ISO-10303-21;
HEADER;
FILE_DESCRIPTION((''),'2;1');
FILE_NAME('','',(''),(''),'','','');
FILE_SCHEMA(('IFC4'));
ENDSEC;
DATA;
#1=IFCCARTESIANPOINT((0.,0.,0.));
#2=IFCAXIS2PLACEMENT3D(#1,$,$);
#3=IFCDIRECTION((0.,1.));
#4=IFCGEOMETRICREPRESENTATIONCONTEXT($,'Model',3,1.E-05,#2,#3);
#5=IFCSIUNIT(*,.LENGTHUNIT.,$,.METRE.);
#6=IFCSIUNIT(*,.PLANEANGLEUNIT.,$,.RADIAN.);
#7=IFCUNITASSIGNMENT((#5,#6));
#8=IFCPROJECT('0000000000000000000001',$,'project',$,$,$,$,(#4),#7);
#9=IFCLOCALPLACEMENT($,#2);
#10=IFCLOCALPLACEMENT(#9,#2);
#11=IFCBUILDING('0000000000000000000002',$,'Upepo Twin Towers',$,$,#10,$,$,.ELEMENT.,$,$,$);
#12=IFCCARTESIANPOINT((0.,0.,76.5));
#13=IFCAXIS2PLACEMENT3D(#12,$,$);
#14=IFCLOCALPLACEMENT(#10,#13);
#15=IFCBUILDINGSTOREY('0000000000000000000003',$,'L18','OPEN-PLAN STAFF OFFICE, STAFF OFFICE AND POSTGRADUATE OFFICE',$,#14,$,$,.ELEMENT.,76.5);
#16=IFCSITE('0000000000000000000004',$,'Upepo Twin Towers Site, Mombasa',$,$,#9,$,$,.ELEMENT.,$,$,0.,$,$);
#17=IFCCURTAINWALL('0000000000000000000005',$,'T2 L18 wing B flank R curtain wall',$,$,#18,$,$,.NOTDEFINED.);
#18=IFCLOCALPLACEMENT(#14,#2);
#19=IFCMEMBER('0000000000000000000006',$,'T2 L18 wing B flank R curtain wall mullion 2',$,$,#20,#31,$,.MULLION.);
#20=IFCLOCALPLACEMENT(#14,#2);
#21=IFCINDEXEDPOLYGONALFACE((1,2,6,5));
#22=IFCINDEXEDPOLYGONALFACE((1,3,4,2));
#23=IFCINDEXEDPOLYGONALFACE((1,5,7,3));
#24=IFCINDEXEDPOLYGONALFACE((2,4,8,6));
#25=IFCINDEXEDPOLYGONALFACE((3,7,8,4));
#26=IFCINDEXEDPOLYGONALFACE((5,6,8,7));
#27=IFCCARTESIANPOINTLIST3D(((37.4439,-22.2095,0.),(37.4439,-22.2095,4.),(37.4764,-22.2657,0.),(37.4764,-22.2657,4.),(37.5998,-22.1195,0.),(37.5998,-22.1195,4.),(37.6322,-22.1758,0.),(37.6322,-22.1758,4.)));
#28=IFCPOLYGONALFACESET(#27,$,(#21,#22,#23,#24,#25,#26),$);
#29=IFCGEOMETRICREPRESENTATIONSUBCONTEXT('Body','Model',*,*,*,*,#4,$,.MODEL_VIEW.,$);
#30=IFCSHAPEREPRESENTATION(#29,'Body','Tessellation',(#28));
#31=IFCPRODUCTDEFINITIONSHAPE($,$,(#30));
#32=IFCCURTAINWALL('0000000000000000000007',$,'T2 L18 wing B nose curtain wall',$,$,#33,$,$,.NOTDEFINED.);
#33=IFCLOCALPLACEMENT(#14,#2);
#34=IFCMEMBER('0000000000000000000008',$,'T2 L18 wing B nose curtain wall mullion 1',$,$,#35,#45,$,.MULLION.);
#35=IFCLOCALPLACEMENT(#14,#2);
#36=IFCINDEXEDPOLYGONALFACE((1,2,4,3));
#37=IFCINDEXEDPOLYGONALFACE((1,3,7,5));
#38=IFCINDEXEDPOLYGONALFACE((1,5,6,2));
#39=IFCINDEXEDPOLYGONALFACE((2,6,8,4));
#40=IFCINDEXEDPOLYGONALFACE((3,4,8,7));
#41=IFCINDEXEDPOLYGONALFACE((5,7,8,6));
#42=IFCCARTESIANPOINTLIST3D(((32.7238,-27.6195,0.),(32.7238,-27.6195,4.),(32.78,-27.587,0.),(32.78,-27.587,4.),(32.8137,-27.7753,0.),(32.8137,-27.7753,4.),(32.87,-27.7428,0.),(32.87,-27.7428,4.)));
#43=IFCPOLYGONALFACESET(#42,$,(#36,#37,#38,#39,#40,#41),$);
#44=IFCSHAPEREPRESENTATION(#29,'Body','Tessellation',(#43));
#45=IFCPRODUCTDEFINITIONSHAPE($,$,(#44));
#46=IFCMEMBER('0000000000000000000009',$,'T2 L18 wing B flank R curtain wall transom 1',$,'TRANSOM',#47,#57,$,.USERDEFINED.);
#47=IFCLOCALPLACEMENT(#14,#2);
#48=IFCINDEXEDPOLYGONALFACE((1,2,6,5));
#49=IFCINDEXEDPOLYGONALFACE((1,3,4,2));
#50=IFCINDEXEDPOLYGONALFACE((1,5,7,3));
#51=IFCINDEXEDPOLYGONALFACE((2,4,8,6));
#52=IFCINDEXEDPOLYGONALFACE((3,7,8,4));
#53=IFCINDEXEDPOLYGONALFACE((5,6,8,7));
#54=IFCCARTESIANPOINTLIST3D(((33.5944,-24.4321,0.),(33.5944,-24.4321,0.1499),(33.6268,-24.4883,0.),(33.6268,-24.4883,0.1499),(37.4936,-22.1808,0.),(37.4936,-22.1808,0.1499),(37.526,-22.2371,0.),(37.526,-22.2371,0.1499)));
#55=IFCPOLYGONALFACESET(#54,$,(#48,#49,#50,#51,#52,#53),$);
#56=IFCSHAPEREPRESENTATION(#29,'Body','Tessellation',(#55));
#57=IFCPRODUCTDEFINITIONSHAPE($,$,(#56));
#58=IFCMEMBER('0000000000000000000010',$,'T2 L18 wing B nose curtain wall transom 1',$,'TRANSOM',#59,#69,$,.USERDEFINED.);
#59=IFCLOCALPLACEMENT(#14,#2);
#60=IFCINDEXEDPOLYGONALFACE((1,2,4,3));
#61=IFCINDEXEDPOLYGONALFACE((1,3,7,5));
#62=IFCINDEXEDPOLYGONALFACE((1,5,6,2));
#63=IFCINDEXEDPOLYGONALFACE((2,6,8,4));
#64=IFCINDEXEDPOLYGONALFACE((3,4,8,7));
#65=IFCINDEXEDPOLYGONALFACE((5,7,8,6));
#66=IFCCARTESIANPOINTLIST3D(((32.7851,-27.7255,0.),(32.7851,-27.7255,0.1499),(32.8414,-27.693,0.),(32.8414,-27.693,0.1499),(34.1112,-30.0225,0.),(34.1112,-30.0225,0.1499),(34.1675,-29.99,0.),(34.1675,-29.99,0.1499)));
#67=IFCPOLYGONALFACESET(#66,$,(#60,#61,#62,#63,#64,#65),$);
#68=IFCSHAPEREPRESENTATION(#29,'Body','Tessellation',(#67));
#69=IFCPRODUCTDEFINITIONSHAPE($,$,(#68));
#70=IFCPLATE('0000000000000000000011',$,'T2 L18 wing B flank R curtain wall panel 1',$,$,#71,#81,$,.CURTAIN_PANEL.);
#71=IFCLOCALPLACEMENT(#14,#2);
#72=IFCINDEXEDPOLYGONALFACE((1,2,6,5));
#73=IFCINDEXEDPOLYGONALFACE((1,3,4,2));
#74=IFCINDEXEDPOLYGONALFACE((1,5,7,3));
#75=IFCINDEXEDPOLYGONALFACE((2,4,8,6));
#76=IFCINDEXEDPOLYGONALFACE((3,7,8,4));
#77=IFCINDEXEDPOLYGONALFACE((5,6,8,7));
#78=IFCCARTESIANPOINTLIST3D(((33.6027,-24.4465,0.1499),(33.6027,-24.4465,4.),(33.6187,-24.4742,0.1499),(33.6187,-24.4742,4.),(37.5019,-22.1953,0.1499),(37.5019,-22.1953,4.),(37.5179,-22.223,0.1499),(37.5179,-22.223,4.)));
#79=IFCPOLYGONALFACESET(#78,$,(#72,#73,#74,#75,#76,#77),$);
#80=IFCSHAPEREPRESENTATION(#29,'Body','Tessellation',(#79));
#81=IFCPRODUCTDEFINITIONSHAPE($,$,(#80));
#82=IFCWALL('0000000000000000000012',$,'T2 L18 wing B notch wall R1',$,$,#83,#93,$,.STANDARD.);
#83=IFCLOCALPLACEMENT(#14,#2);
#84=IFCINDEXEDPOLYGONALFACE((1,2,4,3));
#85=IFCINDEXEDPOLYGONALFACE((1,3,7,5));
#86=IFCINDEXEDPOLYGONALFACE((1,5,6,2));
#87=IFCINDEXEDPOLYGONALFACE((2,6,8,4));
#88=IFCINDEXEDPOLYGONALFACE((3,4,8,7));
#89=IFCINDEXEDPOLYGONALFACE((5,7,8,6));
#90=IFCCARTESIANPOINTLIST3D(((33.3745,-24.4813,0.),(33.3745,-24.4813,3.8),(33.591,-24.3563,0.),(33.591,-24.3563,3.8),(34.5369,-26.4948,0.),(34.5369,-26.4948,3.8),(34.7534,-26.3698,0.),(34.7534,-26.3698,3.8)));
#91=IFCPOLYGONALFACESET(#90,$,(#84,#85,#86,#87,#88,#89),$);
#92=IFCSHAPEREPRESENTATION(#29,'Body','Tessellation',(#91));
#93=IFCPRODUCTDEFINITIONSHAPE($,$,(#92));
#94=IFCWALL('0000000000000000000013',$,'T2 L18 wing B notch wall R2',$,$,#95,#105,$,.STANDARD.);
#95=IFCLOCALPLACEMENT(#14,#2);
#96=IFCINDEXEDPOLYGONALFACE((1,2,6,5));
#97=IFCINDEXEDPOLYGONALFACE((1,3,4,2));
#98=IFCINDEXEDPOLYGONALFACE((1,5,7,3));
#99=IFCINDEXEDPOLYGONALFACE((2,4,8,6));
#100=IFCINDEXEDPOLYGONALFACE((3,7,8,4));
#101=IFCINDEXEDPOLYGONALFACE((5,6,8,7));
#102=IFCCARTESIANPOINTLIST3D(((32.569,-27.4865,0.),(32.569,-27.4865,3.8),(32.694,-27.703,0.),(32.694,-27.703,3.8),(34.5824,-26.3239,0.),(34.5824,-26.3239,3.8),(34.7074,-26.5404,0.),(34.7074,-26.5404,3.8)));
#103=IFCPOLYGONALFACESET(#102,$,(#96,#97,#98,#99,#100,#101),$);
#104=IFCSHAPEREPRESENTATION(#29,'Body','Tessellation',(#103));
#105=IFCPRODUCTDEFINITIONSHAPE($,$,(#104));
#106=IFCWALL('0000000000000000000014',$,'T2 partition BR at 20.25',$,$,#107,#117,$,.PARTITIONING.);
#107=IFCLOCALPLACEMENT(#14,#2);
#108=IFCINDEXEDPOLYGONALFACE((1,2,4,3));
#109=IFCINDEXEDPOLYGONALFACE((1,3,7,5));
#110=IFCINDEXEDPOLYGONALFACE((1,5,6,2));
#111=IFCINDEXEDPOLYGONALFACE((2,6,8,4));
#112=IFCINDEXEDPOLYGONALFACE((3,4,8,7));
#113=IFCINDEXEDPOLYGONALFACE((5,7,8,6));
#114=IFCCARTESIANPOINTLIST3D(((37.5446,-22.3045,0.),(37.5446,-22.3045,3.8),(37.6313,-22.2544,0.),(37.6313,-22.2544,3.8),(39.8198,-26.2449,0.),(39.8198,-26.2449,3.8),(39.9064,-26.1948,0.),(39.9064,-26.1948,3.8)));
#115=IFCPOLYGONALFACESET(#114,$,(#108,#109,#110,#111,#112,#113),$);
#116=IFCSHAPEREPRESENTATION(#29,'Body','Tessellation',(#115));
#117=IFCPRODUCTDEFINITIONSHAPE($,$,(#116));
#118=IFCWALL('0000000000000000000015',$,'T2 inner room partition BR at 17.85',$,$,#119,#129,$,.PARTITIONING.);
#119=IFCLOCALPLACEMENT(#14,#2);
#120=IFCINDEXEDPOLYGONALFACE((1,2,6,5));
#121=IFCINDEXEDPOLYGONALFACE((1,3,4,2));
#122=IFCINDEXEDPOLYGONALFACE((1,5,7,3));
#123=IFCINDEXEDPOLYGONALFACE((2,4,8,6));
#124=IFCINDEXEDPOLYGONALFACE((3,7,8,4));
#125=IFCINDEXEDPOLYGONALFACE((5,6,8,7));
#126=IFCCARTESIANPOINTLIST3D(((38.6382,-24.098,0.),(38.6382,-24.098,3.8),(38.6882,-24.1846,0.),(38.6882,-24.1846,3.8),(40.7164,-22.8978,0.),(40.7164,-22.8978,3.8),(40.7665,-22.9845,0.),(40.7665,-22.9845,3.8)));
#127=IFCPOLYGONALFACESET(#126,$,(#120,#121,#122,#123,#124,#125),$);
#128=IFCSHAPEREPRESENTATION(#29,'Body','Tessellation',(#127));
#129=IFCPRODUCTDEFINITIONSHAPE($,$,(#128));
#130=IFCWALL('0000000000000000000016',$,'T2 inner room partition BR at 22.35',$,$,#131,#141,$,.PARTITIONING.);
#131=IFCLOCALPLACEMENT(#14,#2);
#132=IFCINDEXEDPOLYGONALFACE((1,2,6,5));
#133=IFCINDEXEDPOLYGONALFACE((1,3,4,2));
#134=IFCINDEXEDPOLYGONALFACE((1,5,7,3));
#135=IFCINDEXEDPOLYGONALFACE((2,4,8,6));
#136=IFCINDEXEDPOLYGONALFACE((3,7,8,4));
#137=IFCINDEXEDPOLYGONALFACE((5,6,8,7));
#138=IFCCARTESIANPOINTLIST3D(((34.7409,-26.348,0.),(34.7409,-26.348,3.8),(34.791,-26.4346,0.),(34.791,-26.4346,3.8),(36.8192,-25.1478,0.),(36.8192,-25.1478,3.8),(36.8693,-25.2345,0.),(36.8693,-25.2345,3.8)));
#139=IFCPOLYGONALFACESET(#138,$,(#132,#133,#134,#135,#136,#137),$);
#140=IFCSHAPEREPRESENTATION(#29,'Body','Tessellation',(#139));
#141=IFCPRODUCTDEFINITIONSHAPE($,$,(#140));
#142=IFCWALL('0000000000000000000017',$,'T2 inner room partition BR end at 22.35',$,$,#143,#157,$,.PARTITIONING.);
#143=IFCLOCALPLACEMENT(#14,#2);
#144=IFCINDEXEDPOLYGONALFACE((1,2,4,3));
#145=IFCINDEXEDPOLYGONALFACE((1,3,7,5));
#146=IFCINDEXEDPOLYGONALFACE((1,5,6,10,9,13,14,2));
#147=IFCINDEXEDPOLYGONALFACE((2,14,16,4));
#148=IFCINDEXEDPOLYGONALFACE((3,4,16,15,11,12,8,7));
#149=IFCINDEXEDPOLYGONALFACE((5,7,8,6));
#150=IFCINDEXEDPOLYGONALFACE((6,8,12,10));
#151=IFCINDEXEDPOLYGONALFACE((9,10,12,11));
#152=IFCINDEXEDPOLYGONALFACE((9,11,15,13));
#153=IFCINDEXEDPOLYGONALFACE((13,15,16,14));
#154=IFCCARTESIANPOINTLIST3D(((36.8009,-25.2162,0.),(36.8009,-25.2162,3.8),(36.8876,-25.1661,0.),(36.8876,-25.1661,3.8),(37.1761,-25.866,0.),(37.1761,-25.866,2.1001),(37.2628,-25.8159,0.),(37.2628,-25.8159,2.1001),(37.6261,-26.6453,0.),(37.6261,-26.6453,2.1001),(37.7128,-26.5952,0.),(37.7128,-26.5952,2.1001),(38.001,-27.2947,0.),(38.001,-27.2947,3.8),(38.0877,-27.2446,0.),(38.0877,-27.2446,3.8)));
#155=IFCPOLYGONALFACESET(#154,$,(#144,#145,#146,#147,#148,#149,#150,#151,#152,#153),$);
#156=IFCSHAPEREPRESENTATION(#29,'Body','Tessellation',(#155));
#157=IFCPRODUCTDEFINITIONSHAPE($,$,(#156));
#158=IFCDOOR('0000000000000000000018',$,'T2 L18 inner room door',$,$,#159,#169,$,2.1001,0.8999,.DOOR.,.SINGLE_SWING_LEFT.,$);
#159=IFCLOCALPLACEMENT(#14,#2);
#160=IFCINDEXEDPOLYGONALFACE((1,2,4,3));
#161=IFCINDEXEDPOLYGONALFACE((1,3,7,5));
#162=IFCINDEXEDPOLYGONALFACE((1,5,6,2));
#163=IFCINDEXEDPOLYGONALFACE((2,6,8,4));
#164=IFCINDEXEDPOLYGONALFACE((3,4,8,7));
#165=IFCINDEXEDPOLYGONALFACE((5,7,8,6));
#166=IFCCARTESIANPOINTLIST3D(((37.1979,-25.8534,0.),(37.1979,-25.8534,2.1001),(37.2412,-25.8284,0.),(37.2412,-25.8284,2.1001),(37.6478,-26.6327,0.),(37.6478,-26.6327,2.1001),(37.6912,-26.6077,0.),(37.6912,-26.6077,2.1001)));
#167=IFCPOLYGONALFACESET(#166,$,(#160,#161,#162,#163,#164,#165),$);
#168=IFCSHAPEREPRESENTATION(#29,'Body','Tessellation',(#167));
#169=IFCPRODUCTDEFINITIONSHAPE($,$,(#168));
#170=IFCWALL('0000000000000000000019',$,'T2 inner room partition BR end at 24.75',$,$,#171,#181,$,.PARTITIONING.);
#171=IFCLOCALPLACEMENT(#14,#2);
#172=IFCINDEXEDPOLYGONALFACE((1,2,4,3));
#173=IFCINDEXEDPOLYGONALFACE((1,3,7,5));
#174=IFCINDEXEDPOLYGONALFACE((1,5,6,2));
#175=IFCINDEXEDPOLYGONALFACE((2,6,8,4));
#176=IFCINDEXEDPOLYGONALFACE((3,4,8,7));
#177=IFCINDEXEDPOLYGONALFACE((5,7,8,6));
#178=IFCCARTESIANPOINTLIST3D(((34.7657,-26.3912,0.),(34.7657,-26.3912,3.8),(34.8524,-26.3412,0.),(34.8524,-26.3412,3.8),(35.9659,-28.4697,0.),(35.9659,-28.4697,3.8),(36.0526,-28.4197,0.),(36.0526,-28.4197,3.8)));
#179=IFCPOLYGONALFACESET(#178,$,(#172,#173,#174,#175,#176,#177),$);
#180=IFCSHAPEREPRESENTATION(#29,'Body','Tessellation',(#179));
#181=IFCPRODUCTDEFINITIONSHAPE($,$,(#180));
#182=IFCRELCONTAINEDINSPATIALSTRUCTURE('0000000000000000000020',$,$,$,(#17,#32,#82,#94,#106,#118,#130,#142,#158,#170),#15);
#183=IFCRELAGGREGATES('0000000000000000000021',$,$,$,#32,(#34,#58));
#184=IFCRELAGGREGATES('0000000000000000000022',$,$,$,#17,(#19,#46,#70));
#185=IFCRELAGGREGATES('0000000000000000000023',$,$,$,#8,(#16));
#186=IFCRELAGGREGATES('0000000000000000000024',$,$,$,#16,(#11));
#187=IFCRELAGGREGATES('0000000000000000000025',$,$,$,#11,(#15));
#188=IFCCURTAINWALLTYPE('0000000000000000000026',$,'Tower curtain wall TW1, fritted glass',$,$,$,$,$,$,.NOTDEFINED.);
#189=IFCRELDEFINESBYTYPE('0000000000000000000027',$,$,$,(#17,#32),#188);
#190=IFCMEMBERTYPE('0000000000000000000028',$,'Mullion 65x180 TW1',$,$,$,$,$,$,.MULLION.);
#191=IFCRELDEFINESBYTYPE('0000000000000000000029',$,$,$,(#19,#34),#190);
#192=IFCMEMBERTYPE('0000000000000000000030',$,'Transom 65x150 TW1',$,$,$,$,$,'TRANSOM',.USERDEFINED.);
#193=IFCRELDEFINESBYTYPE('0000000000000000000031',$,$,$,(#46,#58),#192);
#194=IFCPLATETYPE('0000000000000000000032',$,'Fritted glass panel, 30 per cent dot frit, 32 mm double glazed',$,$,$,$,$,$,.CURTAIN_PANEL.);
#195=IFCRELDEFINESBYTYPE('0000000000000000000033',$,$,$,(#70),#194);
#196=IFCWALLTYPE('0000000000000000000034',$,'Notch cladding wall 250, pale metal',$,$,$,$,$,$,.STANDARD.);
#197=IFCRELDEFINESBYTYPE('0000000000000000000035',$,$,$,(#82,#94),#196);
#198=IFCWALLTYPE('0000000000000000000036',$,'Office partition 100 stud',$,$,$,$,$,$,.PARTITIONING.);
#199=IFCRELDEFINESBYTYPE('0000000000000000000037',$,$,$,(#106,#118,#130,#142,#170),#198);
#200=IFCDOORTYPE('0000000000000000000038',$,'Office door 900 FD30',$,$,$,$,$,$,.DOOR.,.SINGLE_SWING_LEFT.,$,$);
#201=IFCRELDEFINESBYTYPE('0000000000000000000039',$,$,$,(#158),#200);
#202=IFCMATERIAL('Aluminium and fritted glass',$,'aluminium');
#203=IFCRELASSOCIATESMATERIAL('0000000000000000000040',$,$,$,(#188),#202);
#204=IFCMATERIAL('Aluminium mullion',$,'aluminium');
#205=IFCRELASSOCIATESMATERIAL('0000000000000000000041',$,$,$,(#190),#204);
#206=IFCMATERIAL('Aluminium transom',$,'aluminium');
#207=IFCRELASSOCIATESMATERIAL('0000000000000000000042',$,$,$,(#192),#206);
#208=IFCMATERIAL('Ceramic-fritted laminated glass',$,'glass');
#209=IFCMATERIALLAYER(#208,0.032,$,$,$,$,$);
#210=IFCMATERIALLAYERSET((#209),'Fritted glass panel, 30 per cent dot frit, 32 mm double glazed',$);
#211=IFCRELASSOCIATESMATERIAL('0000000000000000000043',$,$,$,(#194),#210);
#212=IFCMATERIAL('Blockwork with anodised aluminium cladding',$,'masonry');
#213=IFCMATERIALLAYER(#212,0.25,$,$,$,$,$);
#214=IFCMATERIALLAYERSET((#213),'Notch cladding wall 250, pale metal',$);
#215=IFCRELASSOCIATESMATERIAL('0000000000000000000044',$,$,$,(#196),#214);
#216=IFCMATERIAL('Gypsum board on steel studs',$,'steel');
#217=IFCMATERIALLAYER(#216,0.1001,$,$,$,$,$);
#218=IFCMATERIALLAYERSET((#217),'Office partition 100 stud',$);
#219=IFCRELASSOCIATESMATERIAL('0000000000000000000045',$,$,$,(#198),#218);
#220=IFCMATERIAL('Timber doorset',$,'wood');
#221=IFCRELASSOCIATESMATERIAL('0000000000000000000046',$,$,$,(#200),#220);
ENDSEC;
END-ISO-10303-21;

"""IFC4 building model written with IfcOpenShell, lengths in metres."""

from ifc_helpers import new_model, si_unit, direction, frame, frame_2d, origin, origin_2d, place, context, subcontext, project, spatial, rectangle, extrude, material, layer, layer_set, material_profile, profile_set, type_object, element, fill, aggregate, save


model = new_model("IFC4")

# Units and contexts
model_context = context("Model", 3, precision=1e-05, world=origin(), true_north=direction((0.0, 1.0)))
body_context = subcontext(model_context, "Body", "Model", "MODEL_VIEW")
ifc_project = project(units=[si_unit("LENGTHUNIT", "METRE"), si_unit("PLANEANGLEUNIT", "RADIAN")], contexts=[model_context])

# Site, building, storey
site_placement = place(None, origin())
site = spatial("IfcSite", under=ifc_project, at=site_placement, Name="Upepo Twin Towers Site, Mombasa", CompositionType="ELEMENT", RefElevation=0.0)
building_placement = place(site_placement, origin())
building = spatial("IfcBuilding", under=site, at=building_placement, Name="Upepo Twin Towers", CompositionType="ELEMENT")
storey_placement = place(building_placement, frame((0.0, 0.0, 76.5)))
storey = spatial("IfcBuildingStorey", under=building, at=storey_placement, Name="L18", Description="OPEN-PLAN STAFF OFFICE, STAFF OFFICE AND POSTGRADUATE OFFICE", CompositionType="ELEMENT", Elevation=76.5)

# Curtain wall, member
ifc_material_1 = material(Name="Aluminium and fritted glass", Category="aluminium")
curtain_wall_type = type_object("IfcCurtainWallType", Name="Tower curtain wall TW1, fritted glass", PredefinedType="NOTDEFINED", material=ifc_material_1)
curtain_wall_1_placement = place(storey_placement, origin())
curtain_wall_1 = element("IfcCurtainWall", 1, at=curtain_wall_1_placement, inside=storey, type_object=curtain_wall_type, Name="T2 L18 wing B flank R curtain wall", PredefinedType="NOTDEFINED")
ifc_material_2 = material(Name="Aluminium mullion", Category="aluminium")
ifc_material_profile_1 = material_profile(ifc_material_2, rectangle(XDim=0.0649, YDim=0.1799, at=origin_2d()), Name="MULLION 65x180")
ifc_profile_set_1 = profile_set([ifc_material_profile_1], Name="Aluminium mullion")
member_type_1 = type_object("IfcMemberType", Name="Mullion 65x180 TW1", PredefinedType="MULLION", material=ifc_profile_set_1)
member_1_placement = place(storey_placement, frame((37.5381, -22.1926, 0.0), z_axis=(0.0, 0.0, 1.0), x_axis=(-0.5, 0.866025, 0.0)))
member_1 = element("IfcMember", 2, at=member_1_placement, type_object=member_type_1, Name="T2 L18 wing B flank R curtain wall mullion 2", PredefinedType="MULLION", context=body_context, shape_type="SweptSolid", body=[
    extrude(rectangle(XDim=0.0649, YDim=0.1799, at=origin_2d()), origin(), (0.0, 0.0, 1.0), 4.0),
])

# Curtain wall, member
curtain_wall_2_placement = place(storey_placement, origin())
curtain_wall_2 = element("IfcCurtainWall", 3, at=curtain_wall_2_placement, inside=storey, type_object=curtain_wall_type, Name="T2 L18 wing B nose curtain wall", PredefinedType="NOTDEFINED")
member_2_placement = place(storey_placement, frame((32.7969, -27.6812, 0.0), z_axis=(0.0, 0.0, 1.0), x_axis=(0.866025, 0.5, 0.0)))
member_2 = element("IfcMember", 4, at=member_2_placement, type_object=member_type_1, Name="T2 L18 wing B nose curtain wall mullion 1", PredefinedType="MULLION", context=body_context, shape_type="SweptSolid", body=[
    extrude(rectangle(XDim=0.0649, YDim=0.1799, at=origin_2d()), origin(), (0.0, 0.0, 1.0), 4.0),
])

# Members
ifc_material_3 = material(Name="Aluminium transom", Category="aluminium")
ifc_material_profile_2 = material_profile(ifc_material_3, rectangle(XDim=0.0649, YDim=0.1499, at=origin_2d()), Name="TRANSOM 65x150")
ifc_profile_set_2 = profile_set([ifc_material_profile_2], Name="Aluminium transom")
member_type_2 = type_object("IfcMemberType", Name="Transom 65x150 TW1", ElementType="TRANSOM", PredefinedType="USERDEFINED", material=ifc_profile_set_2)
member_3_placement = place(storey_placement, frame((33.6106, -24.4602, 0.075), z_axis=(0.866022, 0.500006, 0.0), x_axis=(-0.500006, 0.866022, 0.0)))
member_3 = element("IfcMember", 5, at=member_3_placement, type_object=member_type_2, Name="T2 L18 wing B flank R curtain wall transom 1", ObjectType="TRANSOM", PredefinedType="USERDEFINED", context=body_context, shape_type="SweptSolid", body=[
    extrude(rectangle(XDim=0.0649, YDim=0.1499, at=origin_2d()), origin(), (0.0, 0.0, 1.0), 4.5024),
])
member_4_placement = place(storey_placement, frame((32.8132, -27.7092, 0.075), z_axis=(0.49998, -0.866037, 0.0), x_axis=(0.866037, 0.49998, 0.0)))
member_4 = element("IfcMember", 6, at=member_4_placement, type_object=member_type_2, Name="T2 L18 wing B nose curtain wall transom 1", ObjectType="TRANSOM", PredefinedType="USERDEFINED", context=body_context, shape_type="SweptSolid", body=[
    extrude(rectangle(XDim=0.0649, YDim=0.1499, at=origin_2d()), origin(), (0.0, 0.0, 1.0), 2.6523),
])
aggregate(curtain_wall_2, [member_2, member_4])

# Plate
ifc_material_4 = material(Name="Ceramic-fritted laminated glass", Category="glass")
ifc_layer_1 = layer(ifc_material_4, 0.032)
ifc_layer_set_1 = layer_set([ifc_layer_1], Name="Fritted glass panel, 30 per cent dot frit, 32 mm double glazed")
plate_type = type_object("IfcPlateType", Name="Fritted glass panel, 30 per cent dot frit, 32 mm double glazed", PredefinedType="CURTAIN_PANEL", material=ifc_layer_set_1)
plate_placement = place(storey_placement, frame((35.5603, -23.3347, 0.1499), z_axis=(0.0, 0.0, 1.0), x_axis=(0.866025, 0.5, 0.0)))
plate = element("IfcPlate", 7, at=plate_placement, type_object=plate_type, Name="T2 L18 wing B flank R curtain wall panel 1", PredefinedType="CURTAIN_PANEL", context=body_context, shape_type="SweptSolid", body=[
    extrude(rectangle(XDim=4.5024, YDim=0.032, at=origin_2d()), origin(), (0.0, 0.0, 1.0), 3.8501),
])
aggregate(curtain_wall_1, [member_1, member_3, plate])

# Walls
ifc_material_5 = material(Name="Blockwork with anodised aluminium cladding", Category="masonry")
ifc_layer_2 = layer(ifc_material_5, 0.25)
ifc_layer_set_2 = layer_set([ifc_layer_2], Name="Notch cladding wall 250, pale metal")
wall_type_1 = type_object("IfcWallType", Name="Notch cladding wall 250, pale metal", PredefinedType="STANDARD", material=ifc_layer_set_2)
for number, where, z_axis, x_axis, name in (
    (8, (33.4827, -24.4187, 0.0), (0.0, 0.0, 1.0), (0.499968, -0.866044, 0.0), "T2 L18 wing B notch wall R1"),
    (9, (34.645, -26.4321, 0.0), (0.0, 0.0, 1.0), (-0.865998, -0.500047, 0.0), "T2 L18 wing B notch wall R2"),
):
    element("IfcWall", number, at=place(storey_placement, frame(where, z_axis=z_axis, x_axis=x_axis)), inside=storey, type_object=wall_type_1, Name=name, PredefinedType="STANDARD", context=body_context, shape_type="SweptSolid", body=[
        extrude(rectangle(XDim=2.325, YDim=0.25, at=frame_2d((1.1626, 0.0))), origin(), (0.0, 0.0, 1.0), 3.8),
    ])
ifc_material_6 = material(Name="Gypsum board on steel studs", Category="steel")
ifc_layer_3 = layer(ifc_material_6, 0.1001)
ifc_layer_set_3 = layer_set([ifc_layer_3], Name="Office partition 100 stud")
wall_type_2 = type_object("IfcWallType", Name="Office partition 100 stud", PredefinedType="PARTITIONING", material=ifc_layer_set_3)
wall_1_placement = place(storey_placement, frame((39.863, -26.2197, 0.0), z_axis=(0.0, 0.0, 1.0), x_axis=(-0.500023, 0.866012, 0.0)))
element("IfcWall", 10, at=wall_1_placement, inside=storey, type_object=wall_type_2, Name="T2 partition BR at 20.25", PredefinedType="PARTITIONING", context=body_context, shape_type="SweptSolid", body=[
    extrude(rectangle(XDim=4.55, YDim=0.1001, at=frame_2d((2.2749, 0.0))), origin(), (0.0, 0.0, 1.0), 3.8),
])
for number, where, z_axis, x_axis, name in (
    (11, (40.7415, -22.9412, 0.0), (0.0, 0.0, 1.0), (-0.865981, -0.500078, 0.0), "T2 inner room partition BR at 17.85"),
    (12, (36.8442, -25.1912, 0.0), (0.0, 0.0, 1.0), (-0.865981, -0.500078, 0.0), "T2 inner room partition BR at 22.35"),
):
    element("IfcWall", number, at=place(storey_placement, frame(where, z_axis=z_axis, x_axis=x_axis)), inside=storey, type_object=wall_type_2, Name=name, PredefinedType="PARTITIONING", context=body_context, shape_type="SweptSolid", body=[
        extrude(rectangle(XDim=2.3999, YDim=0.1001, at=frame_2d((1.2, 0.0))), origin(), (0.0, 0.0, 1.0), 3.8),
    ])

# Wall, opening, door
wall_2_placement = place(storey_placement, frame((38.0444, -27.2698, 0.0), z_axis=(0.0, 0.0, 1.0), x_axis=(-0.500034, 0.866006, 0.0)))
wall_2 = element("IfcWall", 13, at=wall_2_placement, inside=storey, type_object=wall_type_2, Name="T2 inner room partition BR end at 22.35", PredefinedType="PARTITIONING", context=body_context, shape_type="SweptSolid", body=[
    extrude(rectangle(XDim=2.4001, YDim=0.1001, at=frame_2d((1.2002, 0.0))), origin(), (0.0, 0.0, 1.0), 3.8),
])
opening_1_placement = place(wall_2_placement, frame((0.75, 0.0, 0.0)))
opening_1 = element("IfcOpeningElement", 14, at=opening_1_placement, cuts=wall_2, PredefinedType="OPENING", context=body_context, shape_type="SweptSolid", body=[
    extrude(rectangle(XDim=0.8999, YDim=2.1001, at=frame_2d((0.45, 1.05))), frame((0.0, 0.0601, 0.0), z_axis=(0.0, -1.0, 0.0), x_axis=(1.0, 0.0, 0.0)), (0.0, 0.0, 1.0), 0.1201),
])
ifc_material_7 = material(Name="Timber doorset", Category="wood")
door_type_1 = type_object("IfcDoorType", Name="Office door 900 FD30", OperationType="SINGLE_SWING_LEFT", PredefinedType="DOOR", material=ifc_material_7)
door_1_placement = place(opening_1_placement, origin())
door_1 = element("IfcDoor", 15, at=door_1_placement, inside=storey, type_object=door_type_1, Name="T2 L18 inner room door", OperationType="SINGLE_SWING_LEFT", OverallHeight=2.1001, OverallWidth=0.8999, PredefinedType="DOOR", context=body_context, shape_type="SweptSolid", body=[
    extrude(rectangle(XDim=0.8999, YDim=2.1001, at=frame_2d((0.45, 1.05))), frame((0.0, 0.0249, 0.0), z_axis=(0.0, -1.0, 0.0), x_axis=(1.0, 0.0, 0.0)), (0.0, 0.0, 1.0), 0.05),
])
fill(opening_1, door_1)

# Wall
wall_3_placement = place(storey_placement, frame((36.0093, -28.4448, 0.0), z_axis=(0.0, 0.0, 1.0), x_axis=(-0.500034, 0.866006, 0.0)))
element("IfcWall", 16, at=wall_3_placement, inside=storey, type_object=wall_type_2, Name="T2 inner room partition BR end at 24.75", PredefinedType="PARTITIONING", context=body_context, shape_type="SweptSolid", body=[
    extrude(rectangle(XDim=2.4001, YDim=0.1001, at=frame_2d((1.2002, 0.0))), origin(), (0.0, 0.0, 1.0), 3.8),
])

save(model, "model.ifc")
